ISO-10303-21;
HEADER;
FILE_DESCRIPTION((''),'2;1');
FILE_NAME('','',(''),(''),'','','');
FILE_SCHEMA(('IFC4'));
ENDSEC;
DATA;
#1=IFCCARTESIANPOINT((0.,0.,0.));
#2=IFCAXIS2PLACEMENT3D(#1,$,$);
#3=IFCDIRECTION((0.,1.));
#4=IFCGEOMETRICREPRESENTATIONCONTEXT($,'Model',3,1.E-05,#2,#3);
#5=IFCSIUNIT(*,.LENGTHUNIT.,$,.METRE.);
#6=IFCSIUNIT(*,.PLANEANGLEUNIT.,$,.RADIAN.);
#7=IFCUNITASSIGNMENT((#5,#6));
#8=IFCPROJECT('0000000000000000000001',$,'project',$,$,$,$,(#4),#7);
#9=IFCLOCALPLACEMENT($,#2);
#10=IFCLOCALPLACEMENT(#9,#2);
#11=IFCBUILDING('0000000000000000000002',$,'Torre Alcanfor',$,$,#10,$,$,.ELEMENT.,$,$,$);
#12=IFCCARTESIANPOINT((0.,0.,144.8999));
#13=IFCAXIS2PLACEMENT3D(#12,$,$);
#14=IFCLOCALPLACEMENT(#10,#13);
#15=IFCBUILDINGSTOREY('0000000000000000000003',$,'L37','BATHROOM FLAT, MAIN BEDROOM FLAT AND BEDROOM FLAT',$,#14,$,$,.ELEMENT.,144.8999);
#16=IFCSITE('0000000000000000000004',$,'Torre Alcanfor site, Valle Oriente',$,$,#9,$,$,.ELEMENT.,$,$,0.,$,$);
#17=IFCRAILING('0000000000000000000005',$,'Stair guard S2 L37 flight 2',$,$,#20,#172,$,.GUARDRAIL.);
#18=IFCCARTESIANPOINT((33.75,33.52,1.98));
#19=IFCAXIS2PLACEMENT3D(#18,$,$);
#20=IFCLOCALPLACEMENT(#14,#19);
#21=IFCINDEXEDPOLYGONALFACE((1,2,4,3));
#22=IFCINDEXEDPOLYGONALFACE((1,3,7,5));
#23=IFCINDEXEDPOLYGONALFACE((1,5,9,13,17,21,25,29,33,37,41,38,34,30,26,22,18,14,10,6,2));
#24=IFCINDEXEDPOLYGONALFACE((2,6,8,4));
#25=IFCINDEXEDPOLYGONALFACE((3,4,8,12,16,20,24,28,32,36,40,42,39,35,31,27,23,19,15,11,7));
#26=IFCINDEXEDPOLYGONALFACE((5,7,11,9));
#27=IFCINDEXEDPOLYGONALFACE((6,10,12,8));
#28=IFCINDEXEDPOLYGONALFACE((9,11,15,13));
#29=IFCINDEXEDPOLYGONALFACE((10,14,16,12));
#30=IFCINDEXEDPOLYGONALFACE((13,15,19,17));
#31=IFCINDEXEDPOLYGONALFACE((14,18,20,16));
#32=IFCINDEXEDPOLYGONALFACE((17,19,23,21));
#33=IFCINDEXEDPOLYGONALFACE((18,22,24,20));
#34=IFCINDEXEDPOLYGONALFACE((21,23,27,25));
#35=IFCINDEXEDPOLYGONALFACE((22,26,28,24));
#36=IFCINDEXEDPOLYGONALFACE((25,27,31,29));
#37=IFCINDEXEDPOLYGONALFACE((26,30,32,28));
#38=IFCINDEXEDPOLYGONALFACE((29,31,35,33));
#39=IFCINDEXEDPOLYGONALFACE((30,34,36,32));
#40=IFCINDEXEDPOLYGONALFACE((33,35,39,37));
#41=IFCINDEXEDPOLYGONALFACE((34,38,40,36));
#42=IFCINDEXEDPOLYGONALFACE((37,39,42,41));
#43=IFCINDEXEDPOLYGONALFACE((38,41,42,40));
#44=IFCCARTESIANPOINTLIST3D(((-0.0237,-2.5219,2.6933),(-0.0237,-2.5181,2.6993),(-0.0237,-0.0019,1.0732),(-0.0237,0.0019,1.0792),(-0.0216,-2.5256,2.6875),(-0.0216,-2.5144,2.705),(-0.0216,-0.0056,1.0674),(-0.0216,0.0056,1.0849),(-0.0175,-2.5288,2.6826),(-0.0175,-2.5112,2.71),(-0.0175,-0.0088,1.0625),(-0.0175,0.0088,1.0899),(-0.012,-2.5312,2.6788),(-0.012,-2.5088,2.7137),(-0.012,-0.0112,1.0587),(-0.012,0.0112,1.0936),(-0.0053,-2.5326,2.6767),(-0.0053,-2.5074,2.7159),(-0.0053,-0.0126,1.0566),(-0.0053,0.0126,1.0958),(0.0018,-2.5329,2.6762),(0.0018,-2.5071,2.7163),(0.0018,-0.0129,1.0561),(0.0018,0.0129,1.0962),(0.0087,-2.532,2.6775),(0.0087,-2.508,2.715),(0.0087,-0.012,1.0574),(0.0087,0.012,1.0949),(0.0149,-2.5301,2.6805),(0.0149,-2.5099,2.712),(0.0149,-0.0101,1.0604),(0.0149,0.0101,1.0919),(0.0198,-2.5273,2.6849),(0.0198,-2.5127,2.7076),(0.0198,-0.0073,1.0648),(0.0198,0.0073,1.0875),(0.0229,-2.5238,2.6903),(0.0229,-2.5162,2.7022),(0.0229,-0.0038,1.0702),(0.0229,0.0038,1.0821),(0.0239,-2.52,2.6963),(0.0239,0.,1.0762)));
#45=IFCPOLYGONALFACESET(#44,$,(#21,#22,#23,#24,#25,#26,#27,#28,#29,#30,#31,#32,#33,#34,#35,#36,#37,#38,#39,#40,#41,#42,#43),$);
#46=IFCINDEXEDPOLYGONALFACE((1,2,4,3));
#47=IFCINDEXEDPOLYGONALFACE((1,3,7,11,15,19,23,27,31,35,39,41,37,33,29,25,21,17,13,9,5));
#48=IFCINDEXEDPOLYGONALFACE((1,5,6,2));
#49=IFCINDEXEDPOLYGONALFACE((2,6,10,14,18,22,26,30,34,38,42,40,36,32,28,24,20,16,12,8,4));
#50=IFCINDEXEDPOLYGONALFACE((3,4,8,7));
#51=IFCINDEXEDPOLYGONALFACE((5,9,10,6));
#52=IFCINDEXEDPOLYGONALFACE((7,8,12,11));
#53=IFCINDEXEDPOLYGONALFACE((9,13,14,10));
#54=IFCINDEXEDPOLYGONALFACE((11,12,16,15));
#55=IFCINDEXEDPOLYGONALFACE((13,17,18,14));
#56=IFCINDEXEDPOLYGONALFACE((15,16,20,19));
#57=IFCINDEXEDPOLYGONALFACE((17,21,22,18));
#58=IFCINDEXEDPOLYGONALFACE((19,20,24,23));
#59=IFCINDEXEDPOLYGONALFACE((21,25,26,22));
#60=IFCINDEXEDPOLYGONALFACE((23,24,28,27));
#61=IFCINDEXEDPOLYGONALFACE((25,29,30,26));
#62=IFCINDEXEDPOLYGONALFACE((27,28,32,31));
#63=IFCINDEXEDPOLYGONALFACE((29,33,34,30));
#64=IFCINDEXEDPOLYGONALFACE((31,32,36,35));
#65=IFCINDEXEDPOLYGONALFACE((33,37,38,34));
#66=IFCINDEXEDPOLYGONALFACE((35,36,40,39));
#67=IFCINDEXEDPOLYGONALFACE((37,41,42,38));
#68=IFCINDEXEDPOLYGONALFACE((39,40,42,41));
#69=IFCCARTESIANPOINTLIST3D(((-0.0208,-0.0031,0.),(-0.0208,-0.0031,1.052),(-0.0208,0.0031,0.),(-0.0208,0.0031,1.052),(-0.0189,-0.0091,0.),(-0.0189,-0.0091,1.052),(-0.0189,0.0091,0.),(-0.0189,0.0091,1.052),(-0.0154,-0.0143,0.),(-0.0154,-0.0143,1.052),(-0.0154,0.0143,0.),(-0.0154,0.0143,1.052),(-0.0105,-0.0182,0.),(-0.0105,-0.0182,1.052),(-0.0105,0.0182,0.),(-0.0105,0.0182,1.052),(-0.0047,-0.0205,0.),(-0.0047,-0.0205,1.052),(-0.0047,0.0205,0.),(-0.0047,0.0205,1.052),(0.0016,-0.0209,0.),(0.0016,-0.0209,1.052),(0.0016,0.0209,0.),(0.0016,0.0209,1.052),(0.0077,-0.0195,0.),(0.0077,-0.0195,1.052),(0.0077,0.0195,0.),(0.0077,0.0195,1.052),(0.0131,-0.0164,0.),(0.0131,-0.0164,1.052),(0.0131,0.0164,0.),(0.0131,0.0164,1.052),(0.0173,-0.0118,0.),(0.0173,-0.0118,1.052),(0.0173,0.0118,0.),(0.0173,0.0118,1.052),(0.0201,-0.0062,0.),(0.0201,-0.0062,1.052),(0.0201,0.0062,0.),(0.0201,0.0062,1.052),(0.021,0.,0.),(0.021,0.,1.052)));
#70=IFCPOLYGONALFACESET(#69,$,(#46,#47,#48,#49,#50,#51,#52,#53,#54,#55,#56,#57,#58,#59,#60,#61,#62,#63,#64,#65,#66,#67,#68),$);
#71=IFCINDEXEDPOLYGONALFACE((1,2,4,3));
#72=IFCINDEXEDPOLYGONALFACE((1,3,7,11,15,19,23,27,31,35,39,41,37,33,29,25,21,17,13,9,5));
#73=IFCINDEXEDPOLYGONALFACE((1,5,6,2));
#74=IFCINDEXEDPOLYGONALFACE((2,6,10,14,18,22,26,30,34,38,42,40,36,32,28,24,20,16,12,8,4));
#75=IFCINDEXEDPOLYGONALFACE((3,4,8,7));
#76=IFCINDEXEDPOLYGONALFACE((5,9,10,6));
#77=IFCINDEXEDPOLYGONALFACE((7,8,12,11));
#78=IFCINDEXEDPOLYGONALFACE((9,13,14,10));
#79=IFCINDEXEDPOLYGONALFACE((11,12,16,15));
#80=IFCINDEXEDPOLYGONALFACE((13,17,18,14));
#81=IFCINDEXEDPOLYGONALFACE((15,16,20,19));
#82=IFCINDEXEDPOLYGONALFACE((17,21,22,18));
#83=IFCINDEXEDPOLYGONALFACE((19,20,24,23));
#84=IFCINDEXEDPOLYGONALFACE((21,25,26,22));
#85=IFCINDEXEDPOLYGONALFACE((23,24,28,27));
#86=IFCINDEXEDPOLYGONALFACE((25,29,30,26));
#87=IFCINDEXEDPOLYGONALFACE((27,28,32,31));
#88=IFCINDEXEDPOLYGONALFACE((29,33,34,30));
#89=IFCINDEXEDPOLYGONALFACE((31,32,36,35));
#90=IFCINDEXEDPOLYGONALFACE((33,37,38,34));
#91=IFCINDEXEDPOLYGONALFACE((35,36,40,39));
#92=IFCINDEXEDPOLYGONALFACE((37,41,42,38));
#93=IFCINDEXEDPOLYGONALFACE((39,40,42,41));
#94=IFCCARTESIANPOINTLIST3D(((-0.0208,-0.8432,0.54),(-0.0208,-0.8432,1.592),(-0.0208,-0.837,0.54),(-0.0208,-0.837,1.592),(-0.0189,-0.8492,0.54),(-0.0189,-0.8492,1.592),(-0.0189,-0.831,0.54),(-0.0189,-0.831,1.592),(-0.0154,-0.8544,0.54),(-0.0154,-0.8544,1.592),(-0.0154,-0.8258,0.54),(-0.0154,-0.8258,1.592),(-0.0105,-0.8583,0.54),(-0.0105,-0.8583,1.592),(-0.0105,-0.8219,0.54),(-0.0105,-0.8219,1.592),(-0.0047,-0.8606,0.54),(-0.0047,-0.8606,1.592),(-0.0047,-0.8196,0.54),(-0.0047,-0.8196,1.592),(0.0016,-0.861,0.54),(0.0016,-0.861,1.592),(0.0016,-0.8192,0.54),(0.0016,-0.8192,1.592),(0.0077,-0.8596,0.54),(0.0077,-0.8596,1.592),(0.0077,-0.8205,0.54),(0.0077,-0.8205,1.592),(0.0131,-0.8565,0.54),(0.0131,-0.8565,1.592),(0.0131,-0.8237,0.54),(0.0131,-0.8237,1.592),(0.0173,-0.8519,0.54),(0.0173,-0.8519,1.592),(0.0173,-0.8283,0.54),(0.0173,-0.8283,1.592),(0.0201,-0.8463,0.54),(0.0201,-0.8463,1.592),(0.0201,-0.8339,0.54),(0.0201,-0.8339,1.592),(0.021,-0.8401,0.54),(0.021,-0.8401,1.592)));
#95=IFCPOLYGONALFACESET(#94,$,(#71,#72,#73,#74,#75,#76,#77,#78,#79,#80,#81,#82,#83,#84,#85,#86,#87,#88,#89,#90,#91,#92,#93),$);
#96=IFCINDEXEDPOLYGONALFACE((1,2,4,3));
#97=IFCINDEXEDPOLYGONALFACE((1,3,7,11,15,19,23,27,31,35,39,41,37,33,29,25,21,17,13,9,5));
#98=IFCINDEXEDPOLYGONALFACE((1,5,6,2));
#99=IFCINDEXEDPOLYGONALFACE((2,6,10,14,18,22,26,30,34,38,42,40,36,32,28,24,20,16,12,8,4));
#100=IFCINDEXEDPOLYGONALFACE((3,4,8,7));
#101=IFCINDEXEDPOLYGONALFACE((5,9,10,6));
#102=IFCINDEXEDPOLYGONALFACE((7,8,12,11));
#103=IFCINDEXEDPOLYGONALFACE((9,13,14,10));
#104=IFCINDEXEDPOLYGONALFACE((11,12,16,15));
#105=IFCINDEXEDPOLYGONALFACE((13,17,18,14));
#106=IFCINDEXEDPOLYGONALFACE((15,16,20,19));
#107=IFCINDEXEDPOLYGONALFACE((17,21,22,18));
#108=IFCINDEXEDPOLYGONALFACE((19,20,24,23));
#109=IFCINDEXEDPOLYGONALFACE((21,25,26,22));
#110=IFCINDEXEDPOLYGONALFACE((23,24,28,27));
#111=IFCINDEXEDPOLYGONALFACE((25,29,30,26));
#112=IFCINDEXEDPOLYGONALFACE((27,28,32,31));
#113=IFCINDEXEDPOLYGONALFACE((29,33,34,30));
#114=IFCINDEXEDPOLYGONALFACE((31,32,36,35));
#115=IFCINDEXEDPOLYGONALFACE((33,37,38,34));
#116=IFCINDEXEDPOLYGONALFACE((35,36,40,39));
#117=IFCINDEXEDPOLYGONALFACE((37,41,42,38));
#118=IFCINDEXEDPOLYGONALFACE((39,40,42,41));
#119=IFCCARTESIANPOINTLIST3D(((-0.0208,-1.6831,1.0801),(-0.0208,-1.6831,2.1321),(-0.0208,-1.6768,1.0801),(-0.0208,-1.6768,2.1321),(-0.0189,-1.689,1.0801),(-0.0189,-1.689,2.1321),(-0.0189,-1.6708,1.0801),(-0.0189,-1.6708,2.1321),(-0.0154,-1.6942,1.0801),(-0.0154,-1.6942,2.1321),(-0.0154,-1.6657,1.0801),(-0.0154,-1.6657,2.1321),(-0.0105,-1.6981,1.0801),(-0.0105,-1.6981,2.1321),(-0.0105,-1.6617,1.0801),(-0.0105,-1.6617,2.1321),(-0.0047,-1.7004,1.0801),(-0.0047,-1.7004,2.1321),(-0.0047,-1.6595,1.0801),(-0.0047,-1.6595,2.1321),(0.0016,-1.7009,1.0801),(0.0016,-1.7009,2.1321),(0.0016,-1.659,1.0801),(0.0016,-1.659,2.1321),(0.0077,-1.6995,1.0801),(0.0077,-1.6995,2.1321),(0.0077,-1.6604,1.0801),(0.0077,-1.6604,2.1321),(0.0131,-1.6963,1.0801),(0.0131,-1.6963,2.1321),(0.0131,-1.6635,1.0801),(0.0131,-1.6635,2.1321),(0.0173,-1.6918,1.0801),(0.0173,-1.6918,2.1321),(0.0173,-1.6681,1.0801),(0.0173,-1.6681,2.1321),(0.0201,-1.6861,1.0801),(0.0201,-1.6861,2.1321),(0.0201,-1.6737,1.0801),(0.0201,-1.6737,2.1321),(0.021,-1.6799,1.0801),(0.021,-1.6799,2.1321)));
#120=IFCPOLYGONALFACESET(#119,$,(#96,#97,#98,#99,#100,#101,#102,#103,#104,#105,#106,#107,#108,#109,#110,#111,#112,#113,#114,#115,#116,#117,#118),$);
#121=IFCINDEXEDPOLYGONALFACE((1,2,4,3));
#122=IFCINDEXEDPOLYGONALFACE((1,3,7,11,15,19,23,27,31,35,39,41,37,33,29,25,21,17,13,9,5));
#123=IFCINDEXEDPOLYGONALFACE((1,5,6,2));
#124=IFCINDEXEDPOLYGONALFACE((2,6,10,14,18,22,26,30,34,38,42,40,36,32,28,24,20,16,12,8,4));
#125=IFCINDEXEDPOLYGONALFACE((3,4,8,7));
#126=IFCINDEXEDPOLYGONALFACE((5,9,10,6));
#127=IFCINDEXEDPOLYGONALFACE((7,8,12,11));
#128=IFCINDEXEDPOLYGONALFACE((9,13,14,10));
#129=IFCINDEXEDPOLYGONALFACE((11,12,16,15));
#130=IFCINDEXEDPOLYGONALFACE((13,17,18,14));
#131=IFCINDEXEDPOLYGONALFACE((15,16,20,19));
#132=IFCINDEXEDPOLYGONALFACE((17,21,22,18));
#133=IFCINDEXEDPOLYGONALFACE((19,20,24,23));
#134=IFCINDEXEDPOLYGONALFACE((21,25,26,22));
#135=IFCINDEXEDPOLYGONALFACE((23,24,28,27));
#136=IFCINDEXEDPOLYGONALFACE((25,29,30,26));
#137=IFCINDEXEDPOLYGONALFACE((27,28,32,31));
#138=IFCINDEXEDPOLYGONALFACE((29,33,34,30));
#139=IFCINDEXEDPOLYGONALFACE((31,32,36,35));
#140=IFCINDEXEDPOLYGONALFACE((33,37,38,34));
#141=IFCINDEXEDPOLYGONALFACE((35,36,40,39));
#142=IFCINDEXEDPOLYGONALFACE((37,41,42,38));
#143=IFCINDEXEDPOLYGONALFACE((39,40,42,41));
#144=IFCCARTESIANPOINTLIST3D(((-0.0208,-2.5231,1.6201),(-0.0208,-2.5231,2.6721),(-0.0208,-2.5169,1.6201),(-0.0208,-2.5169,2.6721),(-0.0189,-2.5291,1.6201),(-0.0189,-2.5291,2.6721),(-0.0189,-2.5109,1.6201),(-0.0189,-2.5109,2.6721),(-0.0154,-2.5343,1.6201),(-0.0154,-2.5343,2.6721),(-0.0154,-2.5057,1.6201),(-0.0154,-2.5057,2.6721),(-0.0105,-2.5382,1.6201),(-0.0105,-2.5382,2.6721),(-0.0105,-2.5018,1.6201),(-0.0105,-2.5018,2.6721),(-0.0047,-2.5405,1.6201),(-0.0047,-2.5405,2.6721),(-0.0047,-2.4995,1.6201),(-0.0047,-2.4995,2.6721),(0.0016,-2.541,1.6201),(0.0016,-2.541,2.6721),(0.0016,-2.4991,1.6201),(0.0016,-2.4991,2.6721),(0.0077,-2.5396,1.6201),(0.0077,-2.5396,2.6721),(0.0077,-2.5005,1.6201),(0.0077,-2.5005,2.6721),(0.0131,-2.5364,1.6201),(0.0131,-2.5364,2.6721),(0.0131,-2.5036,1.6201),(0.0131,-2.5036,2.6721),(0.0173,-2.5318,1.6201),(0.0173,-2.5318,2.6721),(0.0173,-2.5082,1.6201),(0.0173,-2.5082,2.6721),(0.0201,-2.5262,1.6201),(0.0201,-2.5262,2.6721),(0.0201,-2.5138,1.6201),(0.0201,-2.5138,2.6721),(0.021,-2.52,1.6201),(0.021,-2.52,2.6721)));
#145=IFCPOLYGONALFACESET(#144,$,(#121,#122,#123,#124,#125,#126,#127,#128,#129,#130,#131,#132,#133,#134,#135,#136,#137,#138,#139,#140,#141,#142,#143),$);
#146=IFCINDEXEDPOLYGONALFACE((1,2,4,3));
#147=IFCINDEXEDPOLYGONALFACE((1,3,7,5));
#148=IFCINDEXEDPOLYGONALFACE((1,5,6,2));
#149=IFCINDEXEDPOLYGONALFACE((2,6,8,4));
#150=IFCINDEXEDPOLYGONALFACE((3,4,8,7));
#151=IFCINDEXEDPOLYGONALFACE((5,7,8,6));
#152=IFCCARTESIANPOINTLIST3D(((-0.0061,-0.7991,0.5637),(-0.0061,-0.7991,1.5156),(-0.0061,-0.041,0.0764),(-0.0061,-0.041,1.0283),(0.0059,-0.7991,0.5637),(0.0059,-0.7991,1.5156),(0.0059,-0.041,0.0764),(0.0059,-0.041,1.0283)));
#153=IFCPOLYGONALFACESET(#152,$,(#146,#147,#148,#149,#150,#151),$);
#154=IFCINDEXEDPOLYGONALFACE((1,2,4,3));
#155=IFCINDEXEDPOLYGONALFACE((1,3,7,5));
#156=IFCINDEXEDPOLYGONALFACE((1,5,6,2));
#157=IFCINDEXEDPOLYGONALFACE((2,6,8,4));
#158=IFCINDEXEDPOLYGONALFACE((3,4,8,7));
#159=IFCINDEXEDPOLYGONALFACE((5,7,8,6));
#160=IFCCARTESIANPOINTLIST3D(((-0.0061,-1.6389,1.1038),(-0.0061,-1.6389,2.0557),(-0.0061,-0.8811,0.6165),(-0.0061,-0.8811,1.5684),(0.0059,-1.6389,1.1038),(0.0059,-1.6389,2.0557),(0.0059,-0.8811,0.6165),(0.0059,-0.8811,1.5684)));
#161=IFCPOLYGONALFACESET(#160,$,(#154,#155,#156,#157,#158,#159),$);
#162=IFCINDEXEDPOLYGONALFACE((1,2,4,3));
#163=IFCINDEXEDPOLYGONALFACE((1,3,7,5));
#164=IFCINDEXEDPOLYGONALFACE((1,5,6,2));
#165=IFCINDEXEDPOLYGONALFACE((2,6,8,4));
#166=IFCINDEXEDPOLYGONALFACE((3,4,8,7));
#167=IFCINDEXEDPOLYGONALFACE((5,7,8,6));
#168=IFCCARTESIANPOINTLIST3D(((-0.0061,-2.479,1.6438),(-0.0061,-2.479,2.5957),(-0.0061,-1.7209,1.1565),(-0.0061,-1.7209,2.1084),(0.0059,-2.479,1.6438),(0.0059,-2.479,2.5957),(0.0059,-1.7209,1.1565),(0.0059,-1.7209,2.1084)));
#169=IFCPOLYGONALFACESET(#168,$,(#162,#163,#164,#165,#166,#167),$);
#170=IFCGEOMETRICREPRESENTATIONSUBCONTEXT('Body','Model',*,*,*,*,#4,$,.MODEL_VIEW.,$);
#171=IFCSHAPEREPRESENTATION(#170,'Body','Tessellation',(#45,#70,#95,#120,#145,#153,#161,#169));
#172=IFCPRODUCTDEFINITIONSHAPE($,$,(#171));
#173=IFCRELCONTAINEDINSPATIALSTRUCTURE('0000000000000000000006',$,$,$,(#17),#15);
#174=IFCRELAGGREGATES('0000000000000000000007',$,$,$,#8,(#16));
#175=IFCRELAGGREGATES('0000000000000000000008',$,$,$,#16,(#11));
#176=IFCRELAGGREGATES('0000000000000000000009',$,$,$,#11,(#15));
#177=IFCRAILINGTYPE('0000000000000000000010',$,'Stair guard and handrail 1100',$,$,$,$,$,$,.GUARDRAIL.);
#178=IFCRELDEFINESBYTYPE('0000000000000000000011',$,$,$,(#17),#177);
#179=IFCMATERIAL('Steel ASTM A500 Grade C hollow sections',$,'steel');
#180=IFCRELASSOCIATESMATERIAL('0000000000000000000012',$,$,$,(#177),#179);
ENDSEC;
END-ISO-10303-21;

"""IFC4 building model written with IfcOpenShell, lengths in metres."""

from ifc_helpers import new_model, si_unit, direction, frame, origin, origin_2d, place, context, subcontext, project, spatial, polyline, circle, outline, extrude, material, type_object, element, save


model = new_model("IFC4")

# Units and contexts
model_context = context("Model", 3, precision=1e-05, world=origin(), true_north=direction((0.0, 1.0)))
body_context = subcontext(model_context, "Body", "Model", "MODEL_VIEW")
ifc_project = project(units=[si_unit("LENGTHUNIT", "METRE"), si_unit("PLANEANGLEUNIT", "RADIAN")], contexts=[model_context])

# Site, building, storey
site_placement = place(None, origin())
site = spatial("IfcSite", under=ifc_project, at=site_placement, Name="Torre Alcanfor site, Valle Oriente", CompositionType="ELEMENT", RefElevation=0.0)
building_placement = place(site_placement, origin())
building = spatial("IfcBuilding", under=site, at=building_placement, Name="Torre Alcanfor", CompositionType="ELEMENT")
storey_placement = place(building_placement, frame((0.0, 0.0, 144.8999)))
storey = spatial("IfcBuildingStorey", under=building, at=storey_placement, Name="L37", Description="BATHROOM FLAT, MAIN BEDROOM FLAT AND BEDROOM FLAT", CompositionType="ELEMENT", Elevation=144.8999)

# Railing
ifc_material_1 = material(Name="Steel ASTM A500 Grade C hollow sections", Category="steel")
railing_type_1 = type_object("IfcRailingType", Name="Stair guard and handrail 1100", PredefinedType="GUARDRAIL", material=ifc_material_1)
railing_1_placement = place(storey_placement, frame((33.75, 33.52, 1.98)))
element("IfcRailing", 1, at=railing_1_placement, inside=storey, type_object=railing_type_1, Name="Stair guard S2 L37 flight 2", PredefinedType="GUARDRAIL", context=body_context, shape_type="SweptSolid", body=[
    extrude(circle(Radius=0.0239, at=origin_2d()), frame((0.0, 0.0, 1.0762), z_axis=(0.0, -0.841163, 0.540782), x_axis=(1.0, 0.0, 0.0)), (0.0, 0.0, 1.0), 2.9958),
    extrude(circle(Radius=0.021, at=origin_2d()), origin(), (0.0, 0.0, 1.0), 1.052),
    extrude(circle(Radius=0.021, at=origin_2d()), frame((0.0, -0.8401, 0.54)), (0.0, 0.0, 1.0), 1.052),
    extrude(circle(Radius=0.021, at=origin_2d()), frame((0.0, -1.6799, 1.0801)), (0.0, 0.0, 1.0), 1.052),
    extrude(circle(Radius=0.021, at=origin_2d()), frame((0.0, -2.52, 1.6201)), (0.0, 0.0, 1.0), 1.052),
    extrude(outline(polyline([(0.041, 0.0764), (0.7991, 0.5637), (0.7991, 1.5156), (0.041, 1.0283), (0.041, 0.0764)])), frame((0.0059, 0.0, 0.0), z_axis=(-1.0, 0.0, 0.0), x_axis=(0.0, -1.0, 0.0)), (0.0, 0.0, 1.0), 0.012),
    extrude(outline(polyline([(0.8811, 0.6165), (1.6389, 1.1038), (1.6389, 2.0557), (0.8811, 1.5684), (0.8811, 0.6165)])), frame((0.0059, 0.0, 0.0), z_axis=(-1.0, 0.0, 0.0), x_axis=(0.0, -1.0, 0.0)), (0.0, 0.0, 1.0), 0.012),
    extrude(outline(polyline([(1.7209, 1.1565), (2.479, 1.6438), (2.479, 2.5957), (1.7209, 2.1084), (1.7209, 1.1565)])), frame((0.0059, 0.0, 0.0), z_axis=(-1.0, 0.0, 0.0), x_axis=(0.0, -1.0, 0.0)), (0.0, 0.0, 1.0), 0.012),
])

save(model, "model.ifc")
